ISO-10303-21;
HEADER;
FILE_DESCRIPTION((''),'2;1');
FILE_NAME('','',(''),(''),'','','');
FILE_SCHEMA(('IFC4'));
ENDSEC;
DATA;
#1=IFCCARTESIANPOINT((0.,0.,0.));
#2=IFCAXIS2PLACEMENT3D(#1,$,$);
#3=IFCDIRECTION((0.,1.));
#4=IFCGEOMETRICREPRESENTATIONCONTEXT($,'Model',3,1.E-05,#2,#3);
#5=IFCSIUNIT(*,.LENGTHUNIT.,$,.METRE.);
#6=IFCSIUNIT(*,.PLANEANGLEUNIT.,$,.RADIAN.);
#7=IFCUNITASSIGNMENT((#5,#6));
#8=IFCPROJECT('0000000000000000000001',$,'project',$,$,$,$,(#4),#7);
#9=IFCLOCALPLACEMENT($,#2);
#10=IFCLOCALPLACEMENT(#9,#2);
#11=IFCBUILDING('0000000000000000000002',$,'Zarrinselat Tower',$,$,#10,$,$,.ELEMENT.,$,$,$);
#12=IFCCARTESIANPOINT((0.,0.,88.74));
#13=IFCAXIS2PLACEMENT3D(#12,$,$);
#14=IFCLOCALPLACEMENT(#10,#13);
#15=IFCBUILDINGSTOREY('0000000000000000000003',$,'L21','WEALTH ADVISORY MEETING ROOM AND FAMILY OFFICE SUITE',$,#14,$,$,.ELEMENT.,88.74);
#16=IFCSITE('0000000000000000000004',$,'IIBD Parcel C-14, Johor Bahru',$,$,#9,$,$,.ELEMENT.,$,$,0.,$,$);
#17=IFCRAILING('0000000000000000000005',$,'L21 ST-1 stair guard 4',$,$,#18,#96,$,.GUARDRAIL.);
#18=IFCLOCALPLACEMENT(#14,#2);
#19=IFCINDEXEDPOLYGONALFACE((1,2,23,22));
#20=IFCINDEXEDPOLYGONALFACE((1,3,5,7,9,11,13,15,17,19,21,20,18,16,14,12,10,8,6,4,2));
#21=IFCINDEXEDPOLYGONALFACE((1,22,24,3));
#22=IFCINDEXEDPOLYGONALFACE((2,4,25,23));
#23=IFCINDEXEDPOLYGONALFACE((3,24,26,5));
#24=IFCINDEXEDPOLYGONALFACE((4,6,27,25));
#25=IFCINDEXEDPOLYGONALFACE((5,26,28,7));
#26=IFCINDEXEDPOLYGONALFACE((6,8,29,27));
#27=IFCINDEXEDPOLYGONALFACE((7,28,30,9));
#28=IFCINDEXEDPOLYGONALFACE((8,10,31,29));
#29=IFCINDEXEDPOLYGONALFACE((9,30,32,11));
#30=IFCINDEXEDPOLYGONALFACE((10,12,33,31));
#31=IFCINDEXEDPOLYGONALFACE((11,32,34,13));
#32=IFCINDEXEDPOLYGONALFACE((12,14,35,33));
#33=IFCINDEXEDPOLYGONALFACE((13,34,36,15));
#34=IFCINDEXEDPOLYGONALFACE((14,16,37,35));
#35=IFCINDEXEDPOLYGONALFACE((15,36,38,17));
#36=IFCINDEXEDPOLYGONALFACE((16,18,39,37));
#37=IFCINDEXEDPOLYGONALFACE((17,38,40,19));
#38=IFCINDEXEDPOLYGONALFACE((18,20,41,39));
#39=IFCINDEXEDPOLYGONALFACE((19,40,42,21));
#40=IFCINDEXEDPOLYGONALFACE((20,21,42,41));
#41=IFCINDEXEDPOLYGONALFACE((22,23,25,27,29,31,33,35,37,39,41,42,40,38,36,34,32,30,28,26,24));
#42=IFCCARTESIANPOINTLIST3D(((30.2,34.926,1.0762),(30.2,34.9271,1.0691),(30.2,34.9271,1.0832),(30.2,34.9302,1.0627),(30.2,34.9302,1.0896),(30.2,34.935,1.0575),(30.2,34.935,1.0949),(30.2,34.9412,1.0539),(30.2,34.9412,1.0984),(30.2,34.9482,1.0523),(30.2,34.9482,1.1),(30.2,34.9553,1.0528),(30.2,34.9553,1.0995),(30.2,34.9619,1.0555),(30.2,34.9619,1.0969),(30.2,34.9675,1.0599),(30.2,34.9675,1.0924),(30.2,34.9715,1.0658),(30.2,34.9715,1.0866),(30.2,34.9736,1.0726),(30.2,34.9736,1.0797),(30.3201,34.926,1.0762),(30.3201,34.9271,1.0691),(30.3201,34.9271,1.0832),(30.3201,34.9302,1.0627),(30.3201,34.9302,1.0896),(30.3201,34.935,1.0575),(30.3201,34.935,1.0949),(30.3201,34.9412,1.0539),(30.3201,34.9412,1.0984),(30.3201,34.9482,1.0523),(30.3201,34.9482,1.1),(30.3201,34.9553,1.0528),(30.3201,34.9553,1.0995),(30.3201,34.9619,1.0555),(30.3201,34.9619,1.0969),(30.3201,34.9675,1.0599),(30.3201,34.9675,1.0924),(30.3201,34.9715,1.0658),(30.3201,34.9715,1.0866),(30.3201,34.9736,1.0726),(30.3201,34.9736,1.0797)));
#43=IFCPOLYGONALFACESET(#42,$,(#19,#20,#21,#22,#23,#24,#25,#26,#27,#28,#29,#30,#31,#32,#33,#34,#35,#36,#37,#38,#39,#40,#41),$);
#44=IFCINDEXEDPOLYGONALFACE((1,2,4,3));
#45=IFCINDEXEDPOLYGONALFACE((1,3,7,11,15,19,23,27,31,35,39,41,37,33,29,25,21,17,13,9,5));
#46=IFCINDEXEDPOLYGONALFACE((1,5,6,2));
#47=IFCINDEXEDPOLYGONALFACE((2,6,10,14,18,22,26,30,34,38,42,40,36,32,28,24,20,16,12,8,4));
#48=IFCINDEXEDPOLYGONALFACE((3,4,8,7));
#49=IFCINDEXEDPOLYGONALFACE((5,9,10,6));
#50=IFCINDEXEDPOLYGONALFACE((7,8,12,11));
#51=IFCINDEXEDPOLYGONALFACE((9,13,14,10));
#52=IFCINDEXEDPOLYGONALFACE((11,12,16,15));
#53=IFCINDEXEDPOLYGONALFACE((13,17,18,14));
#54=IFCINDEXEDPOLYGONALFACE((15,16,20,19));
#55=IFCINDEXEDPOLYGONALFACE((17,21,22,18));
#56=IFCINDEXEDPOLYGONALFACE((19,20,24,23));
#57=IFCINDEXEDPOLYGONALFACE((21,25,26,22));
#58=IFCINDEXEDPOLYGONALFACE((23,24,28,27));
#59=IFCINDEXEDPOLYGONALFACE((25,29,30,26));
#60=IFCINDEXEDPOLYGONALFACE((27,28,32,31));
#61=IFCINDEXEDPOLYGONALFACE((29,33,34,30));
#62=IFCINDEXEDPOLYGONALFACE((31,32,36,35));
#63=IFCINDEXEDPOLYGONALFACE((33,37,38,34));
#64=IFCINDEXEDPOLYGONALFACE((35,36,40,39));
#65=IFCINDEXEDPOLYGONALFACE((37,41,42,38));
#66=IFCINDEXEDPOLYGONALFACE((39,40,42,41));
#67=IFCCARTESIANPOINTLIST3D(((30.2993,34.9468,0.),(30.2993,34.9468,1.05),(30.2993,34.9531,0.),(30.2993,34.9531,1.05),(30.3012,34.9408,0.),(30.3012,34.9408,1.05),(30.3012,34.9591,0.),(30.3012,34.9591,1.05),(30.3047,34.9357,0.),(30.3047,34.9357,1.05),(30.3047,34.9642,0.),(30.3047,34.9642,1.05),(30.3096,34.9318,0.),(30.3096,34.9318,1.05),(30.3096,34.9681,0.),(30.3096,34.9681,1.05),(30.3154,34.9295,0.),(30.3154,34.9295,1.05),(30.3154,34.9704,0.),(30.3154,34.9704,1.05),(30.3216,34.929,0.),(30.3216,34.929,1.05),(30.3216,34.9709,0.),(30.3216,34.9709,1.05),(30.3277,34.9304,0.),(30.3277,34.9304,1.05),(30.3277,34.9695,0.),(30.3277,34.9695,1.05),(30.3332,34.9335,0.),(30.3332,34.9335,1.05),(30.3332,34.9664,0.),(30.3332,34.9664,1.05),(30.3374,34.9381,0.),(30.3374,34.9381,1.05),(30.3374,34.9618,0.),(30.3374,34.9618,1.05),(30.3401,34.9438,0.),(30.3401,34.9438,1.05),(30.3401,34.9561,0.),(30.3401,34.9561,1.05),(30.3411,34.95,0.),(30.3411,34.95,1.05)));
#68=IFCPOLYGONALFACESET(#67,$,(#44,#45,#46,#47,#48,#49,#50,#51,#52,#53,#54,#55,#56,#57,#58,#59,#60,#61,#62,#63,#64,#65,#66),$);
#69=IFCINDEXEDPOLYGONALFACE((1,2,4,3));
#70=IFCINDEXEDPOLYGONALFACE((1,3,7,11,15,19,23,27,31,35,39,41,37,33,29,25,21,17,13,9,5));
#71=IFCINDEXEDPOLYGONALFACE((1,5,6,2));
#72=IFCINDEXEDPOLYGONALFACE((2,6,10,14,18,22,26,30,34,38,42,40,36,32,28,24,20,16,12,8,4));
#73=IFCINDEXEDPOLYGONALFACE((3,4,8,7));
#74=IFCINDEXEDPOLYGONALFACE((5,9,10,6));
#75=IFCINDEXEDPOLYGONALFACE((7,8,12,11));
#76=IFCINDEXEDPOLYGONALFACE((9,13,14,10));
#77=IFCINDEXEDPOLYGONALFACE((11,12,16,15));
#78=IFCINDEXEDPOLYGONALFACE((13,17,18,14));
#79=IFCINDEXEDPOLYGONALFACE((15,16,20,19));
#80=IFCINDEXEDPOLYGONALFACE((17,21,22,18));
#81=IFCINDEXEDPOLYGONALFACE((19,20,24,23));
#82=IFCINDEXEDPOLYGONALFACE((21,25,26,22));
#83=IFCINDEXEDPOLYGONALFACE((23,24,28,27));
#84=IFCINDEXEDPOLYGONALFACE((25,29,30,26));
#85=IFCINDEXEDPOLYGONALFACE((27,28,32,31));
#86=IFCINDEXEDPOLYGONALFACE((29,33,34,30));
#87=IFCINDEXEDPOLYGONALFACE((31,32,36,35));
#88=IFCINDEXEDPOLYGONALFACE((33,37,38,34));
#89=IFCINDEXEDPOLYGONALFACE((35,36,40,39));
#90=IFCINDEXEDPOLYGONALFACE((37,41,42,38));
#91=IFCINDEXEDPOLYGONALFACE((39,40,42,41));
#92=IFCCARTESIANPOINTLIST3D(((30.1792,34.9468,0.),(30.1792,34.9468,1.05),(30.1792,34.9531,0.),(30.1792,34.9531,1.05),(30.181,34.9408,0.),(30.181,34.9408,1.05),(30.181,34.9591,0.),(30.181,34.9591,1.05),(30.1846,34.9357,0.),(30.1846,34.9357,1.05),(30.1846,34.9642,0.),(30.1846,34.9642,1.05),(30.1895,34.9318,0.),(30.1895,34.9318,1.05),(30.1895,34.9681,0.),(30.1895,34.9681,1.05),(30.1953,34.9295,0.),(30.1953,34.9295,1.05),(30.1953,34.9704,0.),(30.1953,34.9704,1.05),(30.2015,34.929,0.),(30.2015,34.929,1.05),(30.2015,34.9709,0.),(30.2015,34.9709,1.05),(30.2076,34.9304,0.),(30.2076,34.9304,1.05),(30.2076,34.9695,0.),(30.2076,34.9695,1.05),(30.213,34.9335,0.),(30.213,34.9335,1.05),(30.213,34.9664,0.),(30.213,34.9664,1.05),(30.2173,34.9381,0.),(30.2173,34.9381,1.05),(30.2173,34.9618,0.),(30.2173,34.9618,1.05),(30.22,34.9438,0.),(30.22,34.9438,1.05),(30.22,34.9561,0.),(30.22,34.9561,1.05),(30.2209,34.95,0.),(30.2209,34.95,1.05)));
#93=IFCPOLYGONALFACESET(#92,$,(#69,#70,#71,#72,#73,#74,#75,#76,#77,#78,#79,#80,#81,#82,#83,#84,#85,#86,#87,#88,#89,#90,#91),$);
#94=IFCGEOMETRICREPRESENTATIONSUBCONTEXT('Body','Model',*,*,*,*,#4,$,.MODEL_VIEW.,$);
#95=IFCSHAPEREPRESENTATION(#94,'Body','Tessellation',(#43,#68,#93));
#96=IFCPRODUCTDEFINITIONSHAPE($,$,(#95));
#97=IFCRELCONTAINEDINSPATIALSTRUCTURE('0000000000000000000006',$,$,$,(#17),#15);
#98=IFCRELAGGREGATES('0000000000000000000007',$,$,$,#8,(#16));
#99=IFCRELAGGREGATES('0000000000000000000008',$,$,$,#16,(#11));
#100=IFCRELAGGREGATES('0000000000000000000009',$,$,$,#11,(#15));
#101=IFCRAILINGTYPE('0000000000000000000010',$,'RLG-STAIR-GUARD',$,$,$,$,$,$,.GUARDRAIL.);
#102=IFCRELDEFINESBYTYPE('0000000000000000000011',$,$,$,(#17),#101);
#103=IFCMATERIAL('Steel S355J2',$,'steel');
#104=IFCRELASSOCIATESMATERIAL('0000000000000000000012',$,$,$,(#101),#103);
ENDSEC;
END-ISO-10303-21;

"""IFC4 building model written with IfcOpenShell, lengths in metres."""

from ifc_helpers import new_model, si_unit, direction, frame, origin, origin_2d, place, context, subcontext, project, spatial, circle, extrude, material, type_object, element, save


model = new_model("IFC4")

# Units and contexts
model_context = context("Model", 3, precision=1e-05, world=origin(), true_north=direction((0.0, 1.0)))
body_context = subcontext(model_context, "Body", "Model", "MODEL_VIEW")
ifc_project = project(units=[si_unit("LENGTHUNIT", "METRE"), si_unit("PLANEANGLEUNIT", "RADIAN")], contexts=[model_context])

# Site, building, storey
site_placement = place(None, origin())
site = spatial("IfcSite", under=ifc_project, at=site_placement, Name="IIBD Parcel C-14, Johor Bahru", CompositionType="ELEMENT", RefElevation=0.0)
building_placement = place(site_placement, origin())
building = spatial("IfcBuilding", under=site, at=building_placement, Name="Zarrinselat Tower", CompositionType="ELEMENT")
storey_placement = place(building_placement, frame((0.0, 0.0, 88.74)))
storey = spatial("IfcBuildingStorey", under=building, at=storey_placement, Name="L21", Description="WEALTH ADVISORY MEETING ROOM AND FAMILY OFFICE SUITE", CompositionType="ELEMENT", Elevation=88.74)

# Railing
ifc_material_1 = material(Name="Steel S355J2", Category="steel")
railing_type_1 = type_object("IfcRailingType", Name="RLG-STAIR-GUARD", PredefinedType="GUARDRAIL", material=ifc_material_1)
railing_1_placement = place(storey_placement, frame((30.3201, 34.95, 0.0)))
element("IfcRailing", 1, at=railing_1_placement, inside=storey, type_object=railing_type_1, Name="L21 ST-1 stair guard 4", PredefinedType="GUARDRAIL", context=body_context, shape_type="SweptSolid", body=[
    extrude(circle(Radius=0.0239, at=origin_2d()), frame((0.0, 0.0, 1.0762), z_axis=(-1.0, 0.0, 0.0), x_axis=(0.0, -1.0, 0.0)), (0.0, 0.0, 1.0), 0.1201),
    extrude(circle(Radius=0.021, at=origin_2d()), origin(), (0.0, 0.0, 1.0), 1.05),
    extrude(circle(Radius=0.021, at=origin_2d()), frame((-0.1201, 0.0, 0.0)), (0.0, 0.0, 1.0), 1.05),
])

save(model, "model.ifc")
